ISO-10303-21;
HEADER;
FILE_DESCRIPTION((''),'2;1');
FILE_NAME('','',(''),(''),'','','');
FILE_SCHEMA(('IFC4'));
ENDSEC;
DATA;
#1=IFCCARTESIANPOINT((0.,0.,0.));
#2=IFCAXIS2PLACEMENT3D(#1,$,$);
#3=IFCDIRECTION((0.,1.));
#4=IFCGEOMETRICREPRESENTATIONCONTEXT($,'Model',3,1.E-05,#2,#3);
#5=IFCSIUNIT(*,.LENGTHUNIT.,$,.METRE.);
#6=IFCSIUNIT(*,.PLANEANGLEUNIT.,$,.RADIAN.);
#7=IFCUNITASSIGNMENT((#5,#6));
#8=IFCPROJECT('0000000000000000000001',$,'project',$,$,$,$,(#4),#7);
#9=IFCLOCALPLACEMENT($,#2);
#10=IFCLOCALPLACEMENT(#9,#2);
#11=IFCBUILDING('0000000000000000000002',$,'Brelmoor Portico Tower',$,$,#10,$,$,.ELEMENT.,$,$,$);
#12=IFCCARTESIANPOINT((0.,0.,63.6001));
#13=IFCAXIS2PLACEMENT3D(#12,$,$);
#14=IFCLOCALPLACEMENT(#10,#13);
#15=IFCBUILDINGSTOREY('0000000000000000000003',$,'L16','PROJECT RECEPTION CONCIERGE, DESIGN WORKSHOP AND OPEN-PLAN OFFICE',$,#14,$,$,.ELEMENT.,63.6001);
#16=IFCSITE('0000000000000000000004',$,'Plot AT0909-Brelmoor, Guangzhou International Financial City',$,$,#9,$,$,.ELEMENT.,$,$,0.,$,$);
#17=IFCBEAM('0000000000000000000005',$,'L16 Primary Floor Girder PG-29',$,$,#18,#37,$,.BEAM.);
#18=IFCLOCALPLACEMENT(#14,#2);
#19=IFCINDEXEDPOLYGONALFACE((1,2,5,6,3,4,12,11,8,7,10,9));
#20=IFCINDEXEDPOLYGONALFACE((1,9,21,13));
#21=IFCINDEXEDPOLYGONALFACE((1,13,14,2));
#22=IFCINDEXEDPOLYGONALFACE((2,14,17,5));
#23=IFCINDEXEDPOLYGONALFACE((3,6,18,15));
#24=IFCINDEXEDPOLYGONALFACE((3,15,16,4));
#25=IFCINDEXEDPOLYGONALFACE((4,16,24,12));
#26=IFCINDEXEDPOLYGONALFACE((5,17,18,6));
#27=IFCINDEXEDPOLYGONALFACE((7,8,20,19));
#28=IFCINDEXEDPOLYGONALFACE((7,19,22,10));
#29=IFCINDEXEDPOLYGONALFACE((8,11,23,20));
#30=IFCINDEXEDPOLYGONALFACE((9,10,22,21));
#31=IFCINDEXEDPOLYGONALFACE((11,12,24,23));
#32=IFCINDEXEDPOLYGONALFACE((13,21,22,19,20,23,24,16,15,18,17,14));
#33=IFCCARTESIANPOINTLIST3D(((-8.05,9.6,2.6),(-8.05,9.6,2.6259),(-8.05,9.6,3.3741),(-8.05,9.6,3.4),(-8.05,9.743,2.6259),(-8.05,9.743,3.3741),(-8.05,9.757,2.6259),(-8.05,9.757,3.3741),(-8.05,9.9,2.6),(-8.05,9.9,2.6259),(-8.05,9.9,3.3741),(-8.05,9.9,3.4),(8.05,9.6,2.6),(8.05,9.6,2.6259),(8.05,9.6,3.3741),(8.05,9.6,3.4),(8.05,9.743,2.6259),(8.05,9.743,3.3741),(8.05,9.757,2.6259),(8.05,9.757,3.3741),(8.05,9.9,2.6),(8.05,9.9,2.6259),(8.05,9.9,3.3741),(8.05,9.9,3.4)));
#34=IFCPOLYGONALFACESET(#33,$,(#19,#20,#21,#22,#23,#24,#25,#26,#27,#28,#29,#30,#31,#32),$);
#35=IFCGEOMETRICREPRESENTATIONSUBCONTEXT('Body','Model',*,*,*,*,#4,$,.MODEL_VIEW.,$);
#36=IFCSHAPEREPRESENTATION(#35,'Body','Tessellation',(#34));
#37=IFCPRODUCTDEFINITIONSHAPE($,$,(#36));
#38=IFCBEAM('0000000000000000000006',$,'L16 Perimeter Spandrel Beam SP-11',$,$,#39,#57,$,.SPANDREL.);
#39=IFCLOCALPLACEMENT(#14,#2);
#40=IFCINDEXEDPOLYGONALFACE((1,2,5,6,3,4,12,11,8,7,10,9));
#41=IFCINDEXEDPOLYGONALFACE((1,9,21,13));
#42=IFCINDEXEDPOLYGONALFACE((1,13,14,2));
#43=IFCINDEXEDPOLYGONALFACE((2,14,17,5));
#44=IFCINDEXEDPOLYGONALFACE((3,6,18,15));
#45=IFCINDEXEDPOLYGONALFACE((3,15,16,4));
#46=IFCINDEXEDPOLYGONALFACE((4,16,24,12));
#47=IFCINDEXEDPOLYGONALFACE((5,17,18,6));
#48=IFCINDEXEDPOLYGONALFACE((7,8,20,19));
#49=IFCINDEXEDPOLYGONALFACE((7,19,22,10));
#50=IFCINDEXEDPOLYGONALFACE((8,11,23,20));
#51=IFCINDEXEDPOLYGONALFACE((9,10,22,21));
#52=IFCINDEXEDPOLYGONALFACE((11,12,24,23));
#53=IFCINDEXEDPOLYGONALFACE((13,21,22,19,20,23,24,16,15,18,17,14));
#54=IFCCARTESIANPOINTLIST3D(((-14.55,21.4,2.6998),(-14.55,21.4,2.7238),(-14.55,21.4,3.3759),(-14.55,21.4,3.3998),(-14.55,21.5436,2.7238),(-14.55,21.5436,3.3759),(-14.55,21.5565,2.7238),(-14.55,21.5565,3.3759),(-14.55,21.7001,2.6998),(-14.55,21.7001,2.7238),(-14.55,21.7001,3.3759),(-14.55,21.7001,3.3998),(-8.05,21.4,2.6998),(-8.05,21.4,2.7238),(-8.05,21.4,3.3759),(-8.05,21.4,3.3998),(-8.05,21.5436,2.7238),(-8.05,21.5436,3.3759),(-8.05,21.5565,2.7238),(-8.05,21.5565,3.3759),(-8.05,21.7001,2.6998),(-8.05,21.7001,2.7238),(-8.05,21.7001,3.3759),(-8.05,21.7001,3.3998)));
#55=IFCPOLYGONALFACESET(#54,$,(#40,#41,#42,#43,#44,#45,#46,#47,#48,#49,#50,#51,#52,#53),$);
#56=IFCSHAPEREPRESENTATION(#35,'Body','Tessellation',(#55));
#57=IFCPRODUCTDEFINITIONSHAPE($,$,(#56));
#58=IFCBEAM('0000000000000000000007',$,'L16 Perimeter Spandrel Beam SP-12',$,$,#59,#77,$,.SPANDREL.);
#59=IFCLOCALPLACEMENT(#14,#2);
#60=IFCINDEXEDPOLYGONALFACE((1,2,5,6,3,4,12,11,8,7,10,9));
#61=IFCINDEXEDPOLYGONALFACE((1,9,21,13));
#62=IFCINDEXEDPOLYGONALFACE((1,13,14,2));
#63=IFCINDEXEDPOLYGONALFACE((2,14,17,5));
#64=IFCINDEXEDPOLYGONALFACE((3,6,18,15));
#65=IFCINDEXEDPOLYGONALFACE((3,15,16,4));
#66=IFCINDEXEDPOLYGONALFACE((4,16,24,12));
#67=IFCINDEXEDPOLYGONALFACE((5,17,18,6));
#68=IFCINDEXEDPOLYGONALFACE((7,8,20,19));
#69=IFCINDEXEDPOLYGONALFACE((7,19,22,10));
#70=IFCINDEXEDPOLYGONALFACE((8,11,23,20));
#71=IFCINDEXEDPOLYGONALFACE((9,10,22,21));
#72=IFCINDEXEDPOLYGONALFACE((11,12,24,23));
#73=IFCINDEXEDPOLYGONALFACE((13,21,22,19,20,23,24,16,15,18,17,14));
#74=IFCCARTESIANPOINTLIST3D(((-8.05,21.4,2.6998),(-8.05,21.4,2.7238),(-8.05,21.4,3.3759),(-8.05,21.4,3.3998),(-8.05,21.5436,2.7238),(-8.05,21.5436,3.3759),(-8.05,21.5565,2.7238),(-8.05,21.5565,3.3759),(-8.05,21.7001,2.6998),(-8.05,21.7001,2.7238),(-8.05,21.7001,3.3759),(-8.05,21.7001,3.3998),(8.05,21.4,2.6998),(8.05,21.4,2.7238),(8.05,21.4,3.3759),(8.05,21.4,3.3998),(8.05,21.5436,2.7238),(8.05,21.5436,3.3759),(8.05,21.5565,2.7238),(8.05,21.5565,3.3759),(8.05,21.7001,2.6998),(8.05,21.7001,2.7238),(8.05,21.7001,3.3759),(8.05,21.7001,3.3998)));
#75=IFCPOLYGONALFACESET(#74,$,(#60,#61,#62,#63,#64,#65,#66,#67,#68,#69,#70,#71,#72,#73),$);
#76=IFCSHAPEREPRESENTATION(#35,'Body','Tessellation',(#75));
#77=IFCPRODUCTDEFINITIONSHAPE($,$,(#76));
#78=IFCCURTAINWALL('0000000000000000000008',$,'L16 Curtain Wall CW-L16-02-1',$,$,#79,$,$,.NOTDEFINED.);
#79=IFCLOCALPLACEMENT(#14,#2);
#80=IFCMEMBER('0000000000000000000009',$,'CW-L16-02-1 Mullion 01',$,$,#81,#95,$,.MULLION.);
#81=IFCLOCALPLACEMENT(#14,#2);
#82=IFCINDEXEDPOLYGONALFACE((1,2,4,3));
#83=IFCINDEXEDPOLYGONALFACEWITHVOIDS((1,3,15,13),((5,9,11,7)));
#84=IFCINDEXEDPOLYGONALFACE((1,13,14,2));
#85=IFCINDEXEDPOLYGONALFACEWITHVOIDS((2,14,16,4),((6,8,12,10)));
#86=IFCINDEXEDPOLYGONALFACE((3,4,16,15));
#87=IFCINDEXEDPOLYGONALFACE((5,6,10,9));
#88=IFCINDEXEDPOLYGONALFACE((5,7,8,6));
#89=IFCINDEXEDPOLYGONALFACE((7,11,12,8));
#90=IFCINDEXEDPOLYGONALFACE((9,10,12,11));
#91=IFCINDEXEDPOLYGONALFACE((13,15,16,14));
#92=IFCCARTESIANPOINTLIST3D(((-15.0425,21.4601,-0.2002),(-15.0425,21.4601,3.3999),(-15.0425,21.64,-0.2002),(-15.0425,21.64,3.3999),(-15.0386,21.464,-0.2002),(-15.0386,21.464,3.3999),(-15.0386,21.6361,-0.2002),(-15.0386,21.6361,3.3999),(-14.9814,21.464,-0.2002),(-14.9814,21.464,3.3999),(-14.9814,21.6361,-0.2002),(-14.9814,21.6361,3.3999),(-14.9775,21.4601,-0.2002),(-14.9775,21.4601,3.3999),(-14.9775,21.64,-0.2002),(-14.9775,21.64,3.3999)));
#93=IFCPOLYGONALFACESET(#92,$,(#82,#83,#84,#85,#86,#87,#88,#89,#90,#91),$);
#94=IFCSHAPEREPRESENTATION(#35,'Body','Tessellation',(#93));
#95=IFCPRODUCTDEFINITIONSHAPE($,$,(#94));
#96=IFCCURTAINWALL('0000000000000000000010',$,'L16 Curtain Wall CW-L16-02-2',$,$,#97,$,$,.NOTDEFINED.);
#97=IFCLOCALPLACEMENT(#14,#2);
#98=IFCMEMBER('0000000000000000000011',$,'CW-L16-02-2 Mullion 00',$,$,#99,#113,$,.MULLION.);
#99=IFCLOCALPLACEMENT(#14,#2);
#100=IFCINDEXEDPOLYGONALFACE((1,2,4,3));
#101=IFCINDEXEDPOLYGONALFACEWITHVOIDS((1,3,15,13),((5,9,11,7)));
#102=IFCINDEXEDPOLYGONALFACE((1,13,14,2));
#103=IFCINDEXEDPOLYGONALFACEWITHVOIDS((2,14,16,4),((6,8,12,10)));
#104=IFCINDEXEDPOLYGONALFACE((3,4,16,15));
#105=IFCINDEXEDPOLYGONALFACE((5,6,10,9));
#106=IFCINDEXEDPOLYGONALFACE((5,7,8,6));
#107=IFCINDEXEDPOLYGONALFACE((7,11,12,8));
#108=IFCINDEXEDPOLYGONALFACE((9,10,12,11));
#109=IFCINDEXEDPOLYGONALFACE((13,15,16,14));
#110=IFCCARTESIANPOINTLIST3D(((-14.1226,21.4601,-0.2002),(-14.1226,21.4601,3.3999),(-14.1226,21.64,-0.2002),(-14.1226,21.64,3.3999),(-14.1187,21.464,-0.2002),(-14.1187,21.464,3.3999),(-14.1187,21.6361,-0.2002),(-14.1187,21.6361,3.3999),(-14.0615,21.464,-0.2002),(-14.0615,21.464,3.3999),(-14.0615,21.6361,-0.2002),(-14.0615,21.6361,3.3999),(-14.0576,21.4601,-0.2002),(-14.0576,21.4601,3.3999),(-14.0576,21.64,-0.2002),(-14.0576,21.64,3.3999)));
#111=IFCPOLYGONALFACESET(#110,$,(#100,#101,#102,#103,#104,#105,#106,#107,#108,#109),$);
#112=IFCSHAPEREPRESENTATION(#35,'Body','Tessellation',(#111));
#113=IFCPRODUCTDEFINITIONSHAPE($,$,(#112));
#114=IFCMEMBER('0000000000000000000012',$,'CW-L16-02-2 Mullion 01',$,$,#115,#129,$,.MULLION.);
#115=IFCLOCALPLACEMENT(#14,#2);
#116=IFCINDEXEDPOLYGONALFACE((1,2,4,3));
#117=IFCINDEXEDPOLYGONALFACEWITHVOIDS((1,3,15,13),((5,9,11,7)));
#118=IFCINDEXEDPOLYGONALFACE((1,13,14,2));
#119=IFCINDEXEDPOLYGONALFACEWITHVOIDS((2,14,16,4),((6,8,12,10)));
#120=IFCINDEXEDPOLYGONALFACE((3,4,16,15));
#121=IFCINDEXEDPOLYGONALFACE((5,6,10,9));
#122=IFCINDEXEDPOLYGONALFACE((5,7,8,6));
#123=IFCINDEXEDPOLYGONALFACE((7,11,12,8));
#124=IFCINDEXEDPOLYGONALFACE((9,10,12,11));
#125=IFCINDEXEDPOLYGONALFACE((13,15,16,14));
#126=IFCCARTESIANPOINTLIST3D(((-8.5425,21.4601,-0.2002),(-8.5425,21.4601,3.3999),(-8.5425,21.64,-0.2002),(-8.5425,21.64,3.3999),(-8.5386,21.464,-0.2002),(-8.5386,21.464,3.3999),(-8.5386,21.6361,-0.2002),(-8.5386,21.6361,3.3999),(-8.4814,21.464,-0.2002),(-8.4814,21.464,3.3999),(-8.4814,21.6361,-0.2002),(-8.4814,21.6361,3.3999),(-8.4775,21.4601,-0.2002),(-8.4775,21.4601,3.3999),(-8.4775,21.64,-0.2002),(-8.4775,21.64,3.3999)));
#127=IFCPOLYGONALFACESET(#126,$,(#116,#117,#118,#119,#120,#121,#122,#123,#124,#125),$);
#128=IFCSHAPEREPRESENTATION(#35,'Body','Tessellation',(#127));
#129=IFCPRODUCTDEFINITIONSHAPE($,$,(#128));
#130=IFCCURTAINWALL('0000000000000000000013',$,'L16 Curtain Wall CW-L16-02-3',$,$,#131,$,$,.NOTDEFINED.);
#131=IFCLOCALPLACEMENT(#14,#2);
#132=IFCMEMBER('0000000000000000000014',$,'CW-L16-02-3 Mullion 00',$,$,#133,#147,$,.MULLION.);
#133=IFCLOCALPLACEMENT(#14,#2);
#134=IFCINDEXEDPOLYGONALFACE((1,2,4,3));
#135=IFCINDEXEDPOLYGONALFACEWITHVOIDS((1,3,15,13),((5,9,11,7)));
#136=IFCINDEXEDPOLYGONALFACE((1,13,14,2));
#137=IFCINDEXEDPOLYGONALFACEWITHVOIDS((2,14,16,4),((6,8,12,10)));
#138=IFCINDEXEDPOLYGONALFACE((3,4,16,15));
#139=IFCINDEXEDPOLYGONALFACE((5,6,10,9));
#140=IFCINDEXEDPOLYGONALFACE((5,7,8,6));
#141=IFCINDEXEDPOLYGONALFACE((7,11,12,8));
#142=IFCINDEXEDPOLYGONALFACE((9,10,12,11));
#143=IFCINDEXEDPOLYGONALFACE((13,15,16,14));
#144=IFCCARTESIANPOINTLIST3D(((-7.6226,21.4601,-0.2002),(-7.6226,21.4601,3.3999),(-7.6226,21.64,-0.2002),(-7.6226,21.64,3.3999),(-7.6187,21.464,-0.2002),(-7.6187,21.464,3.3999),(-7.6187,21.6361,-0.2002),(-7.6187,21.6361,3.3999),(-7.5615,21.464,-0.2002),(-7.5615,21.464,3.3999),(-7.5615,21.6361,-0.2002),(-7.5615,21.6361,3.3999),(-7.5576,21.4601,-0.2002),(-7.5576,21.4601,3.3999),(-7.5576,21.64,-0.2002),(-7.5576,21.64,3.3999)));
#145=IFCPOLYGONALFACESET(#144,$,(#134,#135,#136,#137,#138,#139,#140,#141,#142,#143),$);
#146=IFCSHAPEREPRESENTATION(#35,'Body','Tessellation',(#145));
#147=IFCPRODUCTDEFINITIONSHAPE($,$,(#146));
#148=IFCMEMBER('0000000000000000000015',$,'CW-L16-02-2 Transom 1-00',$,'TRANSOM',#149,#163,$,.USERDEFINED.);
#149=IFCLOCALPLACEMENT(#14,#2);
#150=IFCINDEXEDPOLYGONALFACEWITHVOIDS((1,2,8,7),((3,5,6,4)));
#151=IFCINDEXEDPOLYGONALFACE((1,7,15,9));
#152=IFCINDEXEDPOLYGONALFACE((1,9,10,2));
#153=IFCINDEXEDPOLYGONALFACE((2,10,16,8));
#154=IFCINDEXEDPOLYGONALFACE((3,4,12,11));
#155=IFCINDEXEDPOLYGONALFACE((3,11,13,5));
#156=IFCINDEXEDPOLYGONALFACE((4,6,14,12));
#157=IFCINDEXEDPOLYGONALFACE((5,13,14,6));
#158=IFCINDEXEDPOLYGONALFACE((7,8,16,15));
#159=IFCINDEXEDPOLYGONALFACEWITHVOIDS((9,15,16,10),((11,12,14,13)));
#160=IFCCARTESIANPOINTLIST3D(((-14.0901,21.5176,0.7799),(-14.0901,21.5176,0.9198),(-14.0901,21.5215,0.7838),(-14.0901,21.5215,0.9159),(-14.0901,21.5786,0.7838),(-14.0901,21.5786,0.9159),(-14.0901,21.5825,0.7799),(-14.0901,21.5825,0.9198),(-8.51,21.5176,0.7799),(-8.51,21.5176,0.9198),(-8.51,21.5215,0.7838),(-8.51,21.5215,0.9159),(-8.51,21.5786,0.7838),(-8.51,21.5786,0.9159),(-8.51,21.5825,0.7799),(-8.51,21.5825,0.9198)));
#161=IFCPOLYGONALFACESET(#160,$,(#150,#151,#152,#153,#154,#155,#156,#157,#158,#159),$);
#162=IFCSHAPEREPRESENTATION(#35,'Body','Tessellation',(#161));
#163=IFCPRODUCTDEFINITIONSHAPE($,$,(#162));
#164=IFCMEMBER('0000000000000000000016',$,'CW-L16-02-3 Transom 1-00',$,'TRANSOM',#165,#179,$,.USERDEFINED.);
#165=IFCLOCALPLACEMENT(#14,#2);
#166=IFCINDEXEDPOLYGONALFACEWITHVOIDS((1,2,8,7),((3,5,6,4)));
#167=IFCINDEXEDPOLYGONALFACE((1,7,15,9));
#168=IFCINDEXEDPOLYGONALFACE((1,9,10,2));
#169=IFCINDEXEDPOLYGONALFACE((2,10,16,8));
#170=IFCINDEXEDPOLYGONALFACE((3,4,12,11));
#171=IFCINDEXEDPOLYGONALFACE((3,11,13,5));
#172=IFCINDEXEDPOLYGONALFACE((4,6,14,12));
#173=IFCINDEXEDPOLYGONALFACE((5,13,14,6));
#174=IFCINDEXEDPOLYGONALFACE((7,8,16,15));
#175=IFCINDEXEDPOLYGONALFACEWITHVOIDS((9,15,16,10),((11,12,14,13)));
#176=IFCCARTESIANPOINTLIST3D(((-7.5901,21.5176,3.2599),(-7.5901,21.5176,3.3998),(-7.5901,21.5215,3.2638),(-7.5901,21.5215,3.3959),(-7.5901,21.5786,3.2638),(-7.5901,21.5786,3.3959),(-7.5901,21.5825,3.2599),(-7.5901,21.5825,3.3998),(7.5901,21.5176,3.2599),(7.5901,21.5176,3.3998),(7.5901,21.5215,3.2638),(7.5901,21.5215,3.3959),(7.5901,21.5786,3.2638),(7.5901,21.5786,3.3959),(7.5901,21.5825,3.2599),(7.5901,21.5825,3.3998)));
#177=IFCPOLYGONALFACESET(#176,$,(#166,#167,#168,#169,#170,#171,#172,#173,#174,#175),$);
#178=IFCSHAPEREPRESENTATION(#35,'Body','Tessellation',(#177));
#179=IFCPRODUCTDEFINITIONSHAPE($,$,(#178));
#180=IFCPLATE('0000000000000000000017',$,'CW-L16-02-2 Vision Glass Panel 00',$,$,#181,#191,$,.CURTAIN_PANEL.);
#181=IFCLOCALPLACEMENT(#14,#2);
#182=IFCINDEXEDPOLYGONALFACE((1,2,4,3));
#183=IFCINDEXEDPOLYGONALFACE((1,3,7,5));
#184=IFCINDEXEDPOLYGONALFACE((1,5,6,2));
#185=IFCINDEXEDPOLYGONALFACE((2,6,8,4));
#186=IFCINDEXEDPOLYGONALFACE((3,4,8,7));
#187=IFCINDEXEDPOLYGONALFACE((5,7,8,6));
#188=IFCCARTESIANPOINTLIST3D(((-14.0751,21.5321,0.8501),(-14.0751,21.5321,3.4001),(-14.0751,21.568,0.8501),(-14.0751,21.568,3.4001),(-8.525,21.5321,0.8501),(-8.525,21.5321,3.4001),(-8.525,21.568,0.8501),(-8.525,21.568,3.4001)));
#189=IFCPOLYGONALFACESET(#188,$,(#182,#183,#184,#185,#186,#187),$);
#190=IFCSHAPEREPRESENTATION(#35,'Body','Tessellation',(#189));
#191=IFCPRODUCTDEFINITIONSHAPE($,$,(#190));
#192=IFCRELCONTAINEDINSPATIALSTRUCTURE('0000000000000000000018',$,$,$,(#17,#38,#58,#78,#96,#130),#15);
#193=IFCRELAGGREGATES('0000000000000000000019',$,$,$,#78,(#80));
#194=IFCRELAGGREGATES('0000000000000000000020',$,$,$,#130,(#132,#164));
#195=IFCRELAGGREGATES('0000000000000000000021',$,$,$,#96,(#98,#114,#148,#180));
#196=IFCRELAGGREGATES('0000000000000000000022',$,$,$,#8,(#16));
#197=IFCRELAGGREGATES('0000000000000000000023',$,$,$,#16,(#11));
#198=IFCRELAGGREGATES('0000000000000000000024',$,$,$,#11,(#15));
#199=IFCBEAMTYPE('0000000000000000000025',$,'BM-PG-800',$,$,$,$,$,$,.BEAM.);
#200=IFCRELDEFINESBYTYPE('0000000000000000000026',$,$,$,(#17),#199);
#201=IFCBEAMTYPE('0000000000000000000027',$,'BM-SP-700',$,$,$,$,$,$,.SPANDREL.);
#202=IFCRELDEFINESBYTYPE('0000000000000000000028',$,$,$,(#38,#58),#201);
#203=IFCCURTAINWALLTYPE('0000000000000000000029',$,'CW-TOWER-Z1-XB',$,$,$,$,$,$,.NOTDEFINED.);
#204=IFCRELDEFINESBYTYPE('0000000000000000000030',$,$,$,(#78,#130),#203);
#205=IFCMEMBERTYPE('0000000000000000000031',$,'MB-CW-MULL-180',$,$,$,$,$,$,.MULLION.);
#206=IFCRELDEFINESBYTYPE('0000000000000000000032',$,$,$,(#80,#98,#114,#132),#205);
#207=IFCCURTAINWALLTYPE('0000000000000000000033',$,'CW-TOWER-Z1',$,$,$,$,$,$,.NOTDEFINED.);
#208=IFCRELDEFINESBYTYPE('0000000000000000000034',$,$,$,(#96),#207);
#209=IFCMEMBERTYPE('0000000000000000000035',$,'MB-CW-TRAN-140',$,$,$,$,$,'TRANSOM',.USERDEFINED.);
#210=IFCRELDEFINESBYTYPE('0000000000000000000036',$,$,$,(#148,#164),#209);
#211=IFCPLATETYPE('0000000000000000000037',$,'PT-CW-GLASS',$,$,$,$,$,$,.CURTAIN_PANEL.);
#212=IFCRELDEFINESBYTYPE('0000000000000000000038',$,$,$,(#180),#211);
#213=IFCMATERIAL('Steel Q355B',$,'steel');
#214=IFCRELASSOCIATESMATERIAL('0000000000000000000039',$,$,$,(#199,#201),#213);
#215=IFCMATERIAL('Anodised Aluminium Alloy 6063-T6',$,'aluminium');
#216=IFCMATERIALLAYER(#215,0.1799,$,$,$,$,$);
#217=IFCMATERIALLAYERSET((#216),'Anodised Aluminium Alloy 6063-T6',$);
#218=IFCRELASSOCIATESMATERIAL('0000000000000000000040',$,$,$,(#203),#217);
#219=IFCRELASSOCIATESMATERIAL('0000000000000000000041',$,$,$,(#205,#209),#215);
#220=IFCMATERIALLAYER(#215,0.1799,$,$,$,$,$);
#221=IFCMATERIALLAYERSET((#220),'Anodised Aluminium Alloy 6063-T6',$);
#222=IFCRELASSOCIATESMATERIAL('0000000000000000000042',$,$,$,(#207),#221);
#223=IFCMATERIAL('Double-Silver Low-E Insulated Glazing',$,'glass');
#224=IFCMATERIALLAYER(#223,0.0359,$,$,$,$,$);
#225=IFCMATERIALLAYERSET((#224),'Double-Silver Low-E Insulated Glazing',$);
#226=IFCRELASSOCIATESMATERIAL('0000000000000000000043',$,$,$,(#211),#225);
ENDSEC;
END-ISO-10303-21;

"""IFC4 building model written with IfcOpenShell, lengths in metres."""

from ifc_helpers import new_model, si_unit, direction, frame, origin, origin_2d, place, context, subcontext, project, spatial, rectangle, hollow_rectangle, i_section, extrude, material, layer, layer_set, material_profile, profile_set, type_object, element, aggregate, save


model = new_model("IFC4")

# Units and contexts
model_context = context("Model", 3, precision=1e-05, world=origin(), true_north=direction((0.0, 1.0)))
body_context = subcontext(model_context, "Body", "Model", "MODEL_VIEW")
ifc_project = project(units=[si_unit("LENGTHUNIT", "METRE"), si_unit("PLANEANGLEUNIT", "RADIAN")], contexts=[model_context])

# Site, building, storey
site_placement = place(None, origin())
site = spatial("IfcSite", under=ifc_project, at=site_placement, Name="Plot AT0909-Brelmoor, Guangzhou International Financial City", CompositionType="ELEMENT", RefElevation=0.0)
building_placement = place(site_placement, origin())
building = spatial("IfcBuilding", under=site, at=building_placement, Name="Brelmoor Portico Tower", CompositionType="ELEMENT")
storey_placement = place(building_placement, frame((0.0, 0.0, 63.6001)))
storey = spatial("IfcBuildingStorey", under=building, at=storey_placement, Name="L16", Description="PROJECT RECEPTION CONCIERGE, DESIGN WORKSHOP AND OPEN-PLAN OFFICE", CompositionType="ELEMENT", Elevation=63.6001)

# Shared definitions
ifc_material_1 = material(Name="Steel Q355B", Category="steel")

# Beams
ifc_material_profile_1 = material_profile(ifc_material_1, i_section(OverallWidth=0.3, OverallDepth=0.8, WebThickness=0.0139, FlangeThickness=0.0259, at=origin_2d()), Name="HN 800x300x14x26")
ifc_profile_set_1 = profile_set([ifc_material_profile_1], Name="Steel Q355B")
beam_type_1 = type_object("IfcBeamType", Name="BM-PG-800", PredefinedType="BEAM", material=ifc_profile_set_1)
beam_1_placement = place(storey_placement, frame((-8.05, 9.75, 3.0), z_axis=(1.0, 0.0, 0.0), x_axis=(0.0, 1.0, 0.0)))
element("IfcBeam", 1, at=beam_1_placement, inside=storey, type_object=beam_type_1, Name="L16 Primary Floor Girder PG-29", PredefinedType="BEAM", context=body_context, shape_type="SweptSolid", body=[
    extrude(i_section(OverallWidth=0.3, OverallDepth=0.8, WebThickness=0.0139, FlangeThickness=0.0259, at=origin_2d()), origin(), (0.0, 0.0, 1.0), 16.1001),
])
ifc_material_profile_2 = material_profile(ifc_material_1, i_section(OverallWidth=0.3, OverallDepth=0.7, WebThickness=0.0129, FlangeThickness=0.0239, at=origin_2d()), Name="HN 700x300x13x24")
ifc_profile_set_2 = profile_set([ifc_material_profile_2], Name="Steel Q355B")
beam_type_2 = type_object("IfcBeamType", Name="BM-SP-700", PredefinedType="SPANDREL", material=ifc_profile_set_2)
beam_2_placement = place(storey_placement, frame((-14.55, 21.55, 3.0498), z_axis=(1.0, 0.0, 0.0), x_axis=(0.0, 1.0, 0.0)))
element("IfcBeam", 2, at=beam_2_placement, inside=storey, type_object=beam_type_2, Name="L16 Perimeter Spandrel Beam SP-11", PredefinedType="SPANDREL", context=body_context, shape_type="SweptSolid", body=[
    extrude(i_section(OverallWidth=0.3, OverallDepth=0.7, WebThickness=0.0129, FlangeThickness=0.0239, at=origin_2d()), origin(), (0.0, 0.0, 1.0), 6.5),
])
beam_3_placement = place(storey_placement, frame((-8.05, 21.55, 3.0498), z_axis=(1.0, 0.0, 0.0), x_axis=(0.0, 1.0, 0.0)))
element("IfcBeam", 3, at=beam_3_placement, inside=storey, type_object=beam_type_2, Name="L16 Perimeter Spandrel Beam SP-12", PredefinedType="SPANDREL", context=body_context, shape_type="SweptSolid", body=[
    extrude(i_section(OverallWidth=0.3, OverallDepth=0.7, WebThickness=0.0129, FlangeThickness=0.0239, at=origin_2d()), origin(), (0.0, 0.0, 1.0), 16.1001),
])

# Curtain wall, member
ifc_material_2 = material(Name="Anodised Aluminium Alloy 6063-T6", Category="aluminium")
ifc_layer_1 = layer(ifc_material_2, 0.1799)
ifc_layer_set_1 = layer_set([ifc_layer_1], Name="Anodised Aluminium Alloy 6063-T6")
curtain_wall_type_1 = type_object("IfcCurtainWallType", Name="CW-TOWER-Z1-XB", PredefinedType="NOTDEFINED", material=ifc_layer_set_1)
curtain_wall_1_placement = place(storey_placement, origin())
curtain_wall_1 = element("IfcCurtainWall", 4, at=curtain_wall_1_placement, inside=storey, type_object=curtain_wall_type_1, Name="L16 Curtain Wall CW-L16-02-1", PredefinedType="NOTDEFINED")
ifc_material_profile_3 = material_profile(ifc_material_2, hollow_rectangle(XDim=0.0649, YDim=0.1799, WallThickness=0.0039, at=origin_2d()), Name="ALU MULLION 65x180")
ifc_profile_set_3 = profile_set([ifc_material_profile_3], Name="Anodised Aluminium Alloy 6063-T6")
member_type_1 = type_object("IfcMemberType", Name="MB-CW-MULL-180", PredefinedType="MULLION", material=ifc_profile_set_3)
member_1_placement = place(storey_placement, frame((-15.01, 21.55, -0.2002), z_axis=(0.0, 0.0, 1.0), x_axis=(1.0, 0.0, 0.0)))
member_1 = element("IfcMember", 5, at=member_1_placement, type_object=member_type_1, Name="CW-L16-02-1 Mullion 01", PredefinedType="MULLION", context=body_context, shape_type="SweptSolid", body=[
    extrude(hollow_rectangle(XDim=0.0649, YDim=0.1799, WallThickness=0.0039, at=origin_2d()), origin(), (0.0, 0.0, 1.0), 3.6001),
])
aggregate(curtain_wall_1, [member_1])

# Curtain wall, members
ifc_layer_2 = layer(ifc_material_2, 0.1799)
ifc_layer_set_2 = layer_set([ifc_layer_2], Name="Anodised Aluminium Alloy 6063-T6")
curtain_wall_type_2 = type_object("IfcCurtainWallType", Name="CW-TOWER-Z1", PredefinedType="NOTDEFINED", material=ifc_layer_set_2)
curtain_wall_2_placement = place(storey_placement, origin())
curtain_wall_2 = element("IfcCurtainWall", 6, at=curtain_wall_2_placement, inside=storey, type_object=curtain_wall_type_2, Name="L16 Curtain Wall CW-L16-02-2", PredefinedType="NOTDEFINED")
member_2_placement = place(storey_placement, frame((-14.0901, 21.55, -0.2002), z_axis=(0.0, 0.0, 1.0), x_axis=(1.0, 0.0, 0.0)))
member_2 = element("IfcMember", 7, at=member_2_placement, type_object=member_type_1, Name="CW-L16-02-2 Mullion 00", PredefinedType="MULLION", context=body_context, shape_type="SweptSolid", body=[
    extrude(hollow_rectangle(XDim=0.0649, YDim=0.1799, WallThickness=0.0039, at=origin_2d()), origin(), (0.0, 0.0, 1.0), 3.6001),
])
member_3_placement = place(storey_placement, frame((-8.51, 21.55, -0.2002), z_axis=(0.0, 0.0, 1.0), x_axis=(1.0, 0.0, 0.0)))
member_3 = element("IfcMember", 8, at=member_3_placement, type_object=member_type_1, Name="CW-L16-02-2 Mullion 01", PredefinedType="MULLION", context=body_context, shape_type="SweptSolid", body=[
    extrude(hollow_rectangle(XDim=0.0649, YDim=0.1799, WallThickness=0.0039, at=origin_2d()), origin(), (0.0, 0.0, 1.0), 3.6001),
])

# Curtain wall, member
curtain_wall_3_placement = place(storey_placement, origin())
curtain_wall_3 = element("IfcCurtainWall", 9, at=curtain_wall_3_placement, inside=storey, type_object=curtain_wall_type_1, Name="L16 Curtain Wall CW-L16-02-3", PredefinedType="NOTDEFINED")
member_4_placement = place(storey_placement, frame((-7.5901, 21.55, -0.2002), z_axis=(0.0, 0.0, 1.0), x_axis=(1.0, 0.0, 0.0)))
member_4 = element("IfcMember", 10, at=member_4_placement, type_object=member_type_1, Name="CW-L16-02-3 Mullion 00", PredefinedType="MULLION", context=body_context, shape_type="SweptSolid", body=[
    extrude(hollow_rectangle(XDim=0.0649, YDim=0.1799, WallThickness=0.0039, at=origin_2d()), origin(), (0.0, 0.0, 1.0), 3.6001),
])

# Members
ifc_material_profile_4 = material_profile(ifc_material_2, hollow_rectangle(XDim=0.0649, YDim=0.1399, WallThickness=0.0039, at=origin_2d()), Name="ALU TRANSOM 65x140")
ifc_profile_set_4 = profile_set([ifc_material_profile_4], Name="Anodised Aluminium Alloy 6063-T6")
member_type_2 = type_object("IfcMemberType", Name="MB-CW-TRAN-140", ElementType="TRANSOM", PredefinedType="USERDEFINED", material=ifc_profile_set_4)
member_5_placement = place(storey_placement, frame((-14.0901, 21.55, 0.8499), z_axis=(1.0, 0.0, 0.0), x_axis=(0.0, 1.0, 0.0)))
member_5 = element("IfcMember", 11, at=member_5_placement, type_object=member_type_2, Name="CW-L16-02-2 Transom 1-00", ObjectType="TRANSOM", PredefinedType="USERDEFINED", context=body_context, shape_type="SweptSolid", body=[
    extrude(hollow_rectangle(XDim=0.0649, YDim=0.1399, WallThickness=0.0039, at=origin_2d()), origin(), (0.0, 0.0, 1.0), 5.5801),
])
member_6_placement = place(storey_placement, frame((-7.5901, 21.55, 3.3298), z_axis=(1.0, 0.0, 0.0), x_axis=(0.0, 1.0, 0.0)))
member_6 = element("IfcMember", 12, at=member_6_placement, type_object=member_type_2, Name="CW-L16-02-3 Transom 1-00", ObjectType="TRANSOM", PredefinedType="USERDEFINED", context=body_context, shape_type="SweptSolid", body=[
    extrude(hollow_rectangle(XDim=0.0649, YDim=0.1399, WallThickness=0.0039, at=origin_2d()), origin(), (0.0, 0.0, 1.0), 15.1802),
])
aggregate(curtain_wall_3, [member_4, member_6])

# Plate
ifc_material_3 = material(Name="Double-Silver Low-E Insulated Glazing", Category="glass")
ifc_layer_3 = layer(ifc_material_3, 0.0359)
ifc_layer_set_3 = layer_set([ifc_layer_3], Name="Double-Silver Low-E Insulated Glazing")
plate_type_1 = type_object("IfcPlateType", Name="PT-CW-GLASS", PredefinedType="CURTAIN_PANEL", material=ifc_layer_set_3)
plate_1_placement = place(storey_placement, frame((-11.3, 21.55, 0.8501), z_axis=(0.0, 0.0, 1.0), x_axis=(1.0, 0.0, 0.0)))
plate_1 = element("IfcPlate", 13, at=plate_1_placement, type_object=plate_type_1, Name="CW-L16-02-2 Vision Glass Panel 00", PredefinedType="CURTAIN_PANEL", context=body_context, shape_type="SweptSolid", body=[
    extrude(rectangle(XDim=5.55, YDim=0.0359, at=origin_2d()), origin(), (0.0, 0.0, 1.0), 2.55),
])
aggregate(curtain_wall_2, [member_2, member_3, member_5, plate_1])

save(model, "model.ifc")
